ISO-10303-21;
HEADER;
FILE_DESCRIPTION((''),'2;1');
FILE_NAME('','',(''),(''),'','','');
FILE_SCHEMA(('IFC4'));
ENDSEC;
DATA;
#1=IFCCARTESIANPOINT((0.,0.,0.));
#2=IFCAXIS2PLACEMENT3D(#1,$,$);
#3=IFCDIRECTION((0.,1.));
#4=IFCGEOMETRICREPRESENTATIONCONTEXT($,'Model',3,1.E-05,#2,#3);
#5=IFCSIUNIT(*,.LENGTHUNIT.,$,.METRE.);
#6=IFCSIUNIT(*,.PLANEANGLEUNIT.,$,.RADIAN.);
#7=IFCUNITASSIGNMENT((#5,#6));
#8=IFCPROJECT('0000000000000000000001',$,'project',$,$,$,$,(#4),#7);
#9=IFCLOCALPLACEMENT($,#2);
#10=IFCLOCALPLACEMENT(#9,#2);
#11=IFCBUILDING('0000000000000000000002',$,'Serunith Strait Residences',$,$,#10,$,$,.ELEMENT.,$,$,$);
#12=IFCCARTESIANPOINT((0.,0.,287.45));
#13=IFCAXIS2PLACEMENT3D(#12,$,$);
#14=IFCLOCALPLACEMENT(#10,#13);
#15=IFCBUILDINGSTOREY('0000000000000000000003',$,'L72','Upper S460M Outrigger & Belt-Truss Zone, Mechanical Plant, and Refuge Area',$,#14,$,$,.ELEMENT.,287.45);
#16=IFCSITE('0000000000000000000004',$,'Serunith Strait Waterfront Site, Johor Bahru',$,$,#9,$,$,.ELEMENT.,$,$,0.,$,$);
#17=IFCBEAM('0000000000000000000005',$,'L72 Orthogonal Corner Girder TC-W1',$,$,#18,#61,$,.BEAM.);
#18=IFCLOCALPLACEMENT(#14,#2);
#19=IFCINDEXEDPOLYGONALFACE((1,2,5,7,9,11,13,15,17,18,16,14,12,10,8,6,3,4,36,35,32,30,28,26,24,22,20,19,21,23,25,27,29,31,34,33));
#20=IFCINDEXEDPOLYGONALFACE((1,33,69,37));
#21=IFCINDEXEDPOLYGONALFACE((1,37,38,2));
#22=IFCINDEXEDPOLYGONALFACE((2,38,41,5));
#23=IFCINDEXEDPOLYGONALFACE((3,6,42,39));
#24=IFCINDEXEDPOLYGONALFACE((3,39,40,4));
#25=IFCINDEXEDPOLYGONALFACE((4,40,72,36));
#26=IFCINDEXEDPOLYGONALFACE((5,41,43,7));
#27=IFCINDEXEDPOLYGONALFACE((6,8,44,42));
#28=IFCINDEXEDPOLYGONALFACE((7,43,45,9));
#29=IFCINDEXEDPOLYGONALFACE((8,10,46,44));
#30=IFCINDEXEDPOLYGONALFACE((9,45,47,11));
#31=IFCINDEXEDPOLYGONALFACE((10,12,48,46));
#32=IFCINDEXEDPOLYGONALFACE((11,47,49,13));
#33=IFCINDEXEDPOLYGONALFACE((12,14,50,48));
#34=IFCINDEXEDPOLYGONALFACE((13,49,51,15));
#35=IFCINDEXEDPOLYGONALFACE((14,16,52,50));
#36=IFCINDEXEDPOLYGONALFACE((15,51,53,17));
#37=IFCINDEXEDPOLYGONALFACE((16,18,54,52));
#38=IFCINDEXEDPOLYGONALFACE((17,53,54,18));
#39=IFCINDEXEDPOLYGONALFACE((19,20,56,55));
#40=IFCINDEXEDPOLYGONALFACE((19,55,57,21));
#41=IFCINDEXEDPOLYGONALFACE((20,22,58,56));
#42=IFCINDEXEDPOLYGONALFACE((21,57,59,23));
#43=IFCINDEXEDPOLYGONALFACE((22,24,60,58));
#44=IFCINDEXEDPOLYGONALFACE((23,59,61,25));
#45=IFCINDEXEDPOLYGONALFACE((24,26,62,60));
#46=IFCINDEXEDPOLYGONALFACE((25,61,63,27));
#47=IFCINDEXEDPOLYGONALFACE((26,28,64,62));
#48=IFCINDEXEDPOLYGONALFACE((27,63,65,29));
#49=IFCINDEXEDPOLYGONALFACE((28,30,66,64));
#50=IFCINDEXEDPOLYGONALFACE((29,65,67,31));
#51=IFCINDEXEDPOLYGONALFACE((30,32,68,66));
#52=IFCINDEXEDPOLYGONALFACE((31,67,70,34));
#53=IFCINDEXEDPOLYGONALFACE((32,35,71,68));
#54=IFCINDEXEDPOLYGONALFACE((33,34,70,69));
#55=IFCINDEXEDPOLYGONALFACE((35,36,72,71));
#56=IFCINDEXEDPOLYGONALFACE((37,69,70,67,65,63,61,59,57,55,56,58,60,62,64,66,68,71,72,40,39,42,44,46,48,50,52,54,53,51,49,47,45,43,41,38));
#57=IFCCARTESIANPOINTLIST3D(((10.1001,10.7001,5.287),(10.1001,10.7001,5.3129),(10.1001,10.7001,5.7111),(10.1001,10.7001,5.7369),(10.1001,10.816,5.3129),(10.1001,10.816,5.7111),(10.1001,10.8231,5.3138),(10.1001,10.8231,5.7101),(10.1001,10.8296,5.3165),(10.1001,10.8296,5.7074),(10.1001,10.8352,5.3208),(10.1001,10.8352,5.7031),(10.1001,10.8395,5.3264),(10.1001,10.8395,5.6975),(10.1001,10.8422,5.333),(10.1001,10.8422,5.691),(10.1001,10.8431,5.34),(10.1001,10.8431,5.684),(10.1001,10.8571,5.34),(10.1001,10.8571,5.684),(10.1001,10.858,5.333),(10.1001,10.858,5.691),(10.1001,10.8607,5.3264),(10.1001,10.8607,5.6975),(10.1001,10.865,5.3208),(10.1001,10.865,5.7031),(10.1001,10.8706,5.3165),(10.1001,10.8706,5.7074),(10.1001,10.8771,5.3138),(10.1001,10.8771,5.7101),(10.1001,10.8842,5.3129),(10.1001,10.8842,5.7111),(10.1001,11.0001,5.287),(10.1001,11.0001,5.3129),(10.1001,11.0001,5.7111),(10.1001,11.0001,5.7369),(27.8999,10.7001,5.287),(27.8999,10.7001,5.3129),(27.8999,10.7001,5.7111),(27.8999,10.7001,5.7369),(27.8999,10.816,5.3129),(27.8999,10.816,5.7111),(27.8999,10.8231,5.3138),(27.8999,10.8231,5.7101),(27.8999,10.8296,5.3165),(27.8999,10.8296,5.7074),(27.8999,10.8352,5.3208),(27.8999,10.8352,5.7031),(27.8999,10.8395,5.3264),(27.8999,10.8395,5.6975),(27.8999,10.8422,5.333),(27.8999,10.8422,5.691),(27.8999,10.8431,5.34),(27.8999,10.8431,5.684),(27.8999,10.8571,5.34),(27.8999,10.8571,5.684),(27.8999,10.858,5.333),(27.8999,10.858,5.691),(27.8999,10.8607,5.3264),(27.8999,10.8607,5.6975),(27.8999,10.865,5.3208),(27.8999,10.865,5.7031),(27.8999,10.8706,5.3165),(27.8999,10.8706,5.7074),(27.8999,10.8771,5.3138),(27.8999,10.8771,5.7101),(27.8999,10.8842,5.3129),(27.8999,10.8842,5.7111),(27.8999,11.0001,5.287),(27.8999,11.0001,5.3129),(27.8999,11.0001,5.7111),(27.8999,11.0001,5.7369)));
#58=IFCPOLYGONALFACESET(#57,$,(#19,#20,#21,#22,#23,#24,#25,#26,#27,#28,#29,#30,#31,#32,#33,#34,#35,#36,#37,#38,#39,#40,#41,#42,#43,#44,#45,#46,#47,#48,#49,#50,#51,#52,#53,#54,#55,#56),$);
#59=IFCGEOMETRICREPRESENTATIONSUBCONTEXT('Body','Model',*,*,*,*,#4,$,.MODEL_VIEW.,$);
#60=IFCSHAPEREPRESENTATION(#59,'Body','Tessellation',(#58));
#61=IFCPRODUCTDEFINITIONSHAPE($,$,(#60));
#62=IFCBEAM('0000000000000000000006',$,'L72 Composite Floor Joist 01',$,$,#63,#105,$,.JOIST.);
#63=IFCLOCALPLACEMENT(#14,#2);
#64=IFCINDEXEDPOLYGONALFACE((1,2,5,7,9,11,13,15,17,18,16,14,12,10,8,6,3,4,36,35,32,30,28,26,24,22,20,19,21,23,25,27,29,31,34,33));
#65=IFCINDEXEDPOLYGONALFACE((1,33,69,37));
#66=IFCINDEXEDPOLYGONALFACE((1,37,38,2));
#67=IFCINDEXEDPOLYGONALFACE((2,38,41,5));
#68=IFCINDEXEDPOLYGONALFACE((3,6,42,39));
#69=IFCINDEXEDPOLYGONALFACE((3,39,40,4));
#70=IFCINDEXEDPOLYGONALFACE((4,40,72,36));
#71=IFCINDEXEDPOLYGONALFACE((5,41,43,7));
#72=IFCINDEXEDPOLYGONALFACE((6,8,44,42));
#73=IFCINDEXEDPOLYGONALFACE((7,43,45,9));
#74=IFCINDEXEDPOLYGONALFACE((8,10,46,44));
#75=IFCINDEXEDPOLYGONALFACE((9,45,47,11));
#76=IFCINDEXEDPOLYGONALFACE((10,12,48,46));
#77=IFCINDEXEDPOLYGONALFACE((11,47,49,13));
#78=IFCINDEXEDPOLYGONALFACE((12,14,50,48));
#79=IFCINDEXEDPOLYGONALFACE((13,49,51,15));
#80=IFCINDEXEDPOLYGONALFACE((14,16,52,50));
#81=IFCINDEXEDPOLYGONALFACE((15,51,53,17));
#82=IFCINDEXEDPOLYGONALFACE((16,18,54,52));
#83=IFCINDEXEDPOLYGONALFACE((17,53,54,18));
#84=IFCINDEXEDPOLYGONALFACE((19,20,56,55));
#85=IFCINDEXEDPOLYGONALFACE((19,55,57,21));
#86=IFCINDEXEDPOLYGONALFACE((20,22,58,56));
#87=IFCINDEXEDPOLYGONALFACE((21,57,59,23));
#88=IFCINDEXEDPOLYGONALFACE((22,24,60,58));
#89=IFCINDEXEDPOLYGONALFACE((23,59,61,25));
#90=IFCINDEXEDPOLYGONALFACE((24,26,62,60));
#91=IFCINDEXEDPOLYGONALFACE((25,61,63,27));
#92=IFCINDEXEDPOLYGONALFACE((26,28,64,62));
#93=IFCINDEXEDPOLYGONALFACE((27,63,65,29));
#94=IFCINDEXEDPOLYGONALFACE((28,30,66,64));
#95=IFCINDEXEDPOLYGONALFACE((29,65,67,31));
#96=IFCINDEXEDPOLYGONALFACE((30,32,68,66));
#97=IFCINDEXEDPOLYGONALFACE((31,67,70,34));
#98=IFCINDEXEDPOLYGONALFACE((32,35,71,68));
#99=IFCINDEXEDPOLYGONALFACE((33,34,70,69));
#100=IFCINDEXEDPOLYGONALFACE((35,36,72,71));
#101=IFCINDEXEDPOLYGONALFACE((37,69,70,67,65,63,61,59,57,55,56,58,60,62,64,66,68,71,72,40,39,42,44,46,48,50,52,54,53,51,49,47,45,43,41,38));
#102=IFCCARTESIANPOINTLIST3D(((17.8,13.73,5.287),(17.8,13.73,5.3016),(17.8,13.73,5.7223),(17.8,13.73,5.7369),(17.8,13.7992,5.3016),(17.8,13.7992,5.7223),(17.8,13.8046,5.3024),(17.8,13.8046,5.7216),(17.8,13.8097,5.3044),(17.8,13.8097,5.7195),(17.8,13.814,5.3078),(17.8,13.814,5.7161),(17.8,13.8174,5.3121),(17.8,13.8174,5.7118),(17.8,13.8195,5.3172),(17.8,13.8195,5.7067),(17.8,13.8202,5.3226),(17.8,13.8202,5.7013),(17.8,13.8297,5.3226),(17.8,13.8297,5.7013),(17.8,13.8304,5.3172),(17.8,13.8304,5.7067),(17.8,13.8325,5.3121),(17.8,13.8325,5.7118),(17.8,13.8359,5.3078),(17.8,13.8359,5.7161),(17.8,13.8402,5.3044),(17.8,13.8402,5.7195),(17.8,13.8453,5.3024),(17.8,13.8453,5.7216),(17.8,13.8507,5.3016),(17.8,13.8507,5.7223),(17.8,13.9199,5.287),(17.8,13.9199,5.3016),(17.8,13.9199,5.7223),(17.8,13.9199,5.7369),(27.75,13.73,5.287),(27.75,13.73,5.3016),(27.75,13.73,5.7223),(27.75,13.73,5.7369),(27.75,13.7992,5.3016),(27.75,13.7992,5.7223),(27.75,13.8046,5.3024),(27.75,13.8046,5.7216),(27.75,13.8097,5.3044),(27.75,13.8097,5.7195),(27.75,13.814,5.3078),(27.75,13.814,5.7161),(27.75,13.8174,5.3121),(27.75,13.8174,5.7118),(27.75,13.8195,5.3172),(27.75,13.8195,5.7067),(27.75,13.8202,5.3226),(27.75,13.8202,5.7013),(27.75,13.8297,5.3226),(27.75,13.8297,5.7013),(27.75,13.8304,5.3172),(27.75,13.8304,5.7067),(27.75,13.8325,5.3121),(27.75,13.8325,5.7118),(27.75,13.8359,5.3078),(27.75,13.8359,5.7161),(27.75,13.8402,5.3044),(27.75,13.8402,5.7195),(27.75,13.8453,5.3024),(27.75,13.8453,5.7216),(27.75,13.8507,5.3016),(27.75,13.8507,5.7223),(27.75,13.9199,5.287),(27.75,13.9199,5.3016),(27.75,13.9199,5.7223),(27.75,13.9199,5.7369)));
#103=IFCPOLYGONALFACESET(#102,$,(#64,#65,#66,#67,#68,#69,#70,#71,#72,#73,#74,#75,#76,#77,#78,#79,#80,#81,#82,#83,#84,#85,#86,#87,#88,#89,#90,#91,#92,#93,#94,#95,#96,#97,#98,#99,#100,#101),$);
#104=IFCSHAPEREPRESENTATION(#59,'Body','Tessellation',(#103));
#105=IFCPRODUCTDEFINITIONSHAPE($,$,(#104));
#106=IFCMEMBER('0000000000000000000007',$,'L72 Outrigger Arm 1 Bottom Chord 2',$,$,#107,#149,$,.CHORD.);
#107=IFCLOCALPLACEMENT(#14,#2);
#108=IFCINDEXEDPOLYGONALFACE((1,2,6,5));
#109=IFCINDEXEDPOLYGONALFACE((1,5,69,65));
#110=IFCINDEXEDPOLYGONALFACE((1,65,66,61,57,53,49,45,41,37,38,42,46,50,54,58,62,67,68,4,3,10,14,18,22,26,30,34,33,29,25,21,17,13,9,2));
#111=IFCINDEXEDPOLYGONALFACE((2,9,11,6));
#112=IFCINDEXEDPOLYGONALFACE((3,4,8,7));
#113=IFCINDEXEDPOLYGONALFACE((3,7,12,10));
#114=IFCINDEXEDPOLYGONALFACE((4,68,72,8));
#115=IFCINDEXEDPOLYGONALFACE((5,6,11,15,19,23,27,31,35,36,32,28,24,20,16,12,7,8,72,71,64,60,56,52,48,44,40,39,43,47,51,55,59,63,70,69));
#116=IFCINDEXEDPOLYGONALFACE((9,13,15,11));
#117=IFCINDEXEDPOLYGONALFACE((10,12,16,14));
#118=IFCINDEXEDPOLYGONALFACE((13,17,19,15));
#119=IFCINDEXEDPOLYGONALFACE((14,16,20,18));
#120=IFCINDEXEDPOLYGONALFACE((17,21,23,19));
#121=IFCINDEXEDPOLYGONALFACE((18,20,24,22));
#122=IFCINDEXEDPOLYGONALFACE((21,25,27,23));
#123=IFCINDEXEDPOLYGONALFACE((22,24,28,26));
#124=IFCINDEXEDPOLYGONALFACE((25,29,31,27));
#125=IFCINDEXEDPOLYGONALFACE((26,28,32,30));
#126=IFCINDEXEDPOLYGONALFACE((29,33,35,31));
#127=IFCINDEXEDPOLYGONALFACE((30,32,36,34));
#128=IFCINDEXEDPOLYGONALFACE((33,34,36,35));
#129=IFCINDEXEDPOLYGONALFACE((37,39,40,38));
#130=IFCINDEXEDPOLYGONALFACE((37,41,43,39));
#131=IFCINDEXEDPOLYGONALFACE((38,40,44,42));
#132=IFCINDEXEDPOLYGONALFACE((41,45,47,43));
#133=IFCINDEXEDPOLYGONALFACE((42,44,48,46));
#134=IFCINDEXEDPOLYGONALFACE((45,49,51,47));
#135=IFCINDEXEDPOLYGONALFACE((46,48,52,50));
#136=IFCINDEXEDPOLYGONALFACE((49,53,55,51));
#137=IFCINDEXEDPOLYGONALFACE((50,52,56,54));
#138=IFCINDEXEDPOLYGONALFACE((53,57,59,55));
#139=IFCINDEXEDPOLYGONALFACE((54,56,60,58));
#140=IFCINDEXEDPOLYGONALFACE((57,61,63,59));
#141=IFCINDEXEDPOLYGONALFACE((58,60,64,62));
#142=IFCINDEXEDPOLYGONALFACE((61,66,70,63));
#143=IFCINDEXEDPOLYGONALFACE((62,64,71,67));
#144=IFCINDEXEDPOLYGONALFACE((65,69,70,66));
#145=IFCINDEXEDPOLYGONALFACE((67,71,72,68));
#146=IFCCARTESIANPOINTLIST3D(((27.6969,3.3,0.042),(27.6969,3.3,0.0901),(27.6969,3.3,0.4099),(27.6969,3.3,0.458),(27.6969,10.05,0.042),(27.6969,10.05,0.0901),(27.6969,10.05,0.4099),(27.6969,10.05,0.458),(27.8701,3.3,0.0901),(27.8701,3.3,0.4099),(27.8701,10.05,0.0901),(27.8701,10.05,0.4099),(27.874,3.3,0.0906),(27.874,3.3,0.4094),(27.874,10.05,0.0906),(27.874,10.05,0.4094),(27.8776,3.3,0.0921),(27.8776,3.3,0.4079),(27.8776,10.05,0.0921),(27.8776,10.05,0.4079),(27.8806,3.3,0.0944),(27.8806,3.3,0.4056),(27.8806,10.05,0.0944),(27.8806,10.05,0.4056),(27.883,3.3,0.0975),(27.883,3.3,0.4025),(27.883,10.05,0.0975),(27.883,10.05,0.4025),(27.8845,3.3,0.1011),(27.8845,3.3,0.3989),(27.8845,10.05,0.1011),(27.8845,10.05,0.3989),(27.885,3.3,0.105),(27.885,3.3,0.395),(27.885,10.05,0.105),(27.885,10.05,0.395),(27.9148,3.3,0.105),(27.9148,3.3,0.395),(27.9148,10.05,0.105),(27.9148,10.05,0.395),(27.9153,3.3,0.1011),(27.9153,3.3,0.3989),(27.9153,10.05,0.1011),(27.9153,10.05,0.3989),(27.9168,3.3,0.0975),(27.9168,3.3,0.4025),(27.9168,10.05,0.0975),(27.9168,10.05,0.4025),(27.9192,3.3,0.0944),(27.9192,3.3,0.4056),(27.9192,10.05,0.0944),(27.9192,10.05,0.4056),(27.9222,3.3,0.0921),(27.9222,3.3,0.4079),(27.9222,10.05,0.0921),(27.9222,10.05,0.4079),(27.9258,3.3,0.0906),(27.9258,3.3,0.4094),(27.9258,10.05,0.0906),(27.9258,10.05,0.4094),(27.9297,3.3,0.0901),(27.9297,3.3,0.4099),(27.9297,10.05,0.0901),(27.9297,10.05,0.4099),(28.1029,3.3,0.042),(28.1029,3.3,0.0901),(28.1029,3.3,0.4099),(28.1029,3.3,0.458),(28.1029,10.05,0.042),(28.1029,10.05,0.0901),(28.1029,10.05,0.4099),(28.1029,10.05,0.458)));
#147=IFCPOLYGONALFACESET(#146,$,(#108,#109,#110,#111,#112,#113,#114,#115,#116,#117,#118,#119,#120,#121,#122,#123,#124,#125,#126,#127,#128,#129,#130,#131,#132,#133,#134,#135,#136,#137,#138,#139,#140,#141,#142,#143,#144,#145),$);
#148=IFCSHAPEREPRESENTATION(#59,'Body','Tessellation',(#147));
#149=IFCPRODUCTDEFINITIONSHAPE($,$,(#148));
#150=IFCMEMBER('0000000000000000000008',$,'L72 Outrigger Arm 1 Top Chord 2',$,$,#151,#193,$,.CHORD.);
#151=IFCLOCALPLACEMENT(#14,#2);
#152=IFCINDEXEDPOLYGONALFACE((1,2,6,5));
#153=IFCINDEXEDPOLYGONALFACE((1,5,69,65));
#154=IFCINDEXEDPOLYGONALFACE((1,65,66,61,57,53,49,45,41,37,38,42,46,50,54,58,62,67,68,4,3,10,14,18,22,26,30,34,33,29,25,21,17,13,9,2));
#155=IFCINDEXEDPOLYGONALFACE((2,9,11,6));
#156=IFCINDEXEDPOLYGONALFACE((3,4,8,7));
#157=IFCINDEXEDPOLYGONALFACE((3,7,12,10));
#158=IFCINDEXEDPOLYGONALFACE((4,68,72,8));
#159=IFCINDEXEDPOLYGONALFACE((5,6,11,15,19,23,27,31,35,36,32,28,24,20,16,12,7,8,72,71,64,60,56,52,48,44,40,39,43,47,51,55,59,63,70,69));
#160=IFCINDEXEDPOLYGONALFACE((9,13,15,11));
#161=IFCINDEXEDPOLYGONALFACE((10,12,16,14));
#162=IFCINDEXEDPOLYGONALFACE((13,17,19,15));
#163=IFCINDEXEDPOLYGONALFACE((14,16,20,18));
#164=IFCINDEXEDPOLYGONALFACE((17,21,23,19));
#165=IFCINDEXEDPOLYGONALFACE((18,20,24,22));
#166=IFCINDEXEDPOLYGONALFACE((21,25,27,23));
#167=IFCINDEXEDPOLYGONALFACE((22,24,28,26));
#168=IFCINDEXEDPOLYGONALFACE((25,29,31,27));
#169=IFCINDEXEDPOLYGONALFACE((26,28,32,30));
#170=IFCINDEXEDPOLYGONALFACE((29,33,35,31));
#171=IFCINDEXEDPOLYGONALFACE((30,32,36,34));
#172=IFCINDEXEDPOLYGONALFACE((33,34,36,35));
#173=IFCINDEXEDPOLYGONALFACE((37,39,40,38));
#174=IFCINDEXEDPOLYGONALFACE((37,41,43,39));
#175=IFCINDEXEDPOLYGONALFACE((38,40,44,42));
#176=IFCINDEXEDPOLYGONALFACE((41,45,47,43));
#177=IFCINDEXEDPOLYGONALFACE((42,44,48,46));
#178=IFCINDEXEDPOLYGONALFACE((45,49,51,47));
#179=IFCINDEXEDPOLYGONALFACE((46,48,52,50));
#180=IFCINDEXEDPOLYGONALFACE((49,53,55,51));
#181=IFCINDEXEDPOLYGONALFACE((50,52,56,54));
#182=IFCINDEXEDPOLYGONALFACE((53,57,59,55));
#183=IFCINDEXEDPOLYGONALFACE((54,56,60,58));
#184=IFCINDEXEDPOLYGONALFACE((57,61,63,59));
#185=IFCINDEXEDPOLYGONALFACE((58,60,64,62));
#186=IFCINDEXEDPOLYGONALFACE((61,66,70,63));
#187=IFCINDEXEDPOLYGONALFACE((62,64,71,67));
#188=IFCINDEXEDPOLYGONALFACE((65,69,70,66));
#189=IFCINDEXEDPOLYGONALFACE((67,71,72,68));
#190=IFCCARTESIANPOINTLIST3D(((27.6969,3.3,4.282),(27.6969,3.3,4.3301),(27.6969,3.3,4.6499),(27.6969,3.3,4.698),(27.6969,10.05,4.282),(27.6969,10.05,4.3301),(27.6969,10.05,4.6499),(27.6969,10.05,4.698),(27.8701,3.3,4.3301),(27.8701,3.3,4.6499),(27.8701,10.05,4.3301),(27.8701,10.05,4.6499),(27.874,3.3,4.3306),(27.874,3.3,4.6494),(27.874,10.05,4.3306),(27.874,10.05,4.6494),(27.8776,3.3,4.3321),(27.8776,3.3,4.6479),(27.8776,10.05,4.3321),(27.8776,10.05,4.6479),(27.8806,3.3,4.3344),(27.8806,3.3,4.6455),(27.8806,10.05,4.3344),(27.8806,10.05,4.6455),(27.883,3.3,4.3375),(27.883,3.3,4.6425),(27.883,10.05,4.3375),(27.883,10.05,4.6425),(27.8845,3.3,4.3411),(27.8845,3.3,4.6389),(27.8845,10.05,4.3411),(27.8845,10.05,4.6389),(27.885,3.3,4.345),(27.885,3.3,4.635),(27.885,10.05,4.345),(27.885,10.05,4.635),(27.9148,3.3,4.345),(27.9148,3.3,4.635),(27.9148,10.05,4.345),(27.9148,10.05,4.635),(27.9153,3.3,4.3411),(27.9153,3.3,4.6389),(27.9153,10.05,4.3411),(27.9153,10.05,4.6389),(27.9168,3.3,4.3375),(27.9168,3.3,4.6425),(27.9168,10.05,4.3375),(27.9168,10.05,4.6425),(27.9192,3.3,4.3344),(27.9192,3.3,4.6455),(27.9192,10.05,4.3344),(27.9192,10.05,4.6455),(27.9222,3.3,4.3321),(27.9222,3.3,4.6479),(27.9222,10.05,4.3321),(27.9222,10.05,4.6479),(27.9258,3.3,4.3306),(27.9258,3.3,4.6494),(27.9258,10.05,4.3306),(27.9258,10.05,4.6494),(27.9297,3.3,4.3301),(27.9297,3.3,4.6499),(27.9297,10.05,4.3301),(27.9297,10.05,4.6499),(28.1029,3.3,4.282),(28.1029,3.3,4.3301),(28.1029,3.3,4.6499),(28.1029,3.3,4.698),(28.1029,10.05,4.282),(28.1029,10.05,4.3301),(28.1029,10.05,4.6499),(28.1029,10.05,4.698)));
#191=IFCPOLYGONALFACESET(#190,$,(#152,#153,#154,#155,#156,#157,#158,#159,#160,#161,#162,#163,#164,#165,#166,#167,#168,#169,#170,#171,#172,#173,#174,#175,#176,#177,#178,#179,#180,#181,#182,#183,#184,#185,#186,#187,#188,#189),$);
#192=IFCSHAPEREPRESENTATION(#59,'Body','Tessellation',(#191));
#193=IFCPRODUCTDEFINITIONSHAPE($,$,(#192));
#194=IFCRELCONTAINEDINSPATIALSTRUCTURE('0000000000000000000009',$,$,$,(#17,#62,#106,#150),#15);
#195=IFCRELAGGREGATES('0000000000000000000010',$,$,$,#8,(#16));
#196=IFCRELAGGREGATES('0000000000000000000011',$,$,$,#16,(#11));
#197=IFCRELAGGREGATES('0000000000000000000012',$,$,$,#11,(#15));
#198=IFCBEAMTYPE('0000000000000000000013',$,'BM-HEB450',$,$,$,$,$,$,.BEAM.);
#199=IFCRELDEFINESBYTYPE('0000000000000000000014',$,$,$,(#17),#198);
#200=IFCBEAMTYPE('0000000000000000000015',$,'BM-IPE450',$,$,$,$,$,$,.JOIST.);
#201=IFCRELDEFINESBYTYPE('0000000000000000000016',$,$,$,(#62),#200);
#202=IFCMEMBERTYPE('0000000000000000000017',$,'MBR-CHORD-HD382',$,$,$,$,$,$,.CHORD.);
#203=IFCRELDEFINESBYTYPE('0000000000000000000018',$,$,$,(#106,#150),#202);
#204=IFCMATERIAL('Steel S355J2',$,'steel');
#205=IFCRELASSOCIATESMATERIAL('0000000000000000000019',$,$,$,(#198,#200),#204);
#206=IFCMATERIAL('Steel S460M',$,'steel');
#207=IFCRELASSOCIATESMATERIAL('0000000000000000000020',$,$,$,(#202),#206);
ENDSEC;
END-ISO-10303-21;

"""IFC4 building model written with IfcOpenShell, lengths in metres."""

from ifc_helpers import new_model, si_unit, direction, frame, origin, origin_2d, place, context, subcontext, project, spatial, i_section, extrude, source, transform, mapped, material, material_profile, profile_set, type_object, element, save


model = new_model("IFC4")

# Units and contexts
model_context = context("Model", 3, precision=1e-05, world=origin(), true_north=direction((0.0, 1.0)))
body_context = subcontext(model_context, "Body", "Model", "MODEL_VIEW")
ifc_project = project(units=[si_unit("LENGTHUNIT", "METRE"), si_unit("PLANEANGLEUNIT", "RADIAN")], contexts=[model_context])

# Site, building, storey
site_placement = place(None, origin())
site = spatial("IfcSite", under=ifc_project, at=site_placement, Name="Serunith Strait Waterfront Site, Johor Bahru", CompositionType="ELEMENT", RefElevation=0.0)
building_placement = place(site_placement, origin())
building = spatial("IfcBuilding", under=site, at=building_placement, Name="Serunith Strait Residences", CompositionType="ELEMENT")
storey_placement = place(building_placement, frame((0.0, 0.0, 287.45)))
storey = spatial("IfcBuildingStorey", under=building, at=storey_placement, Name="L72", Description="Upper S460M Outrigger & Belt-Truss Zone, Mechanical Plant, and Refuge Area", CompositionType="ELEMENT", Elevation=287.45)

# Beams
ifc_material_1 = material(Name="Steel S355J2", Category="steel")
ifc_material_profile_1 = material_profile(ifc_material_1, i_section(OverallWidth=0.3, OverallDepth=0.45, WebThickness=0.0139, FlangeThickness=0.0259, FilletRadius=0.0271, at=origin_2d()), Name="HEB 450")
ifc_profile_set_1 = profile_set([ifc_material_profile_1], Name="Steel S355J2")
beam_type_1 = type_object("IfcBeamType", Name="BM-HEB450", PredefinedType="BEAM", material=ifc_profile_set_1)
shared_shape_1 = source(origin(), body_context, "Body", "SweptSolid", [
    extrude(i_section(OverallWidth=0.3, OverallDepth=0.45, WebThickness=0.0139, FlangeThickness=0.0259, FilletRadius=0.0271, at=origin_2d()), origin(), (0.0, 0.0, 1.0), 17.7998),
])
beam_1_placement = place(storey_placement, frame((27.8999, 10.8501, 5.512), z_axis=(-1.0, 0.0, 0.0), x_axis=(0.0, -1.0, 0.0)))
element("IfcBeam", 1, at=beam_1_placement, inside=storey, type_object=beam_type_1, Name="L72 Orthogonal Corner Girder TC-W1", PredefinedType="BEAM", context=body_context, shape_type="MappedRepresentation", body=[
    mapped(shared_shape_1, transform((0.0, 0.0, 0.0), scale=1.0)),
])
ifc_material_profile_2 = material_profile(ifc_material_1, i_section(OverallWidth=0.1899, OverallDepth=0.45, WebThickness=0.0095, FlangeThickness=0.0146, FilletRadius=0.021, at=origin_2d()), Name="IPE 450")
ifc_profile_set_2 = profile_set([ifc_material_profile_2], Name="Steel S355J2")
beam_type_2 = type_object("IfcBeamType", Name="BM-IPE450", PredefinedType="JOIST", material=ifc_profile_set_2)
shared_shape_2 = source(origin(), body_context, "Body", "SweptSolid", [
    extrude(i_section(OverallWidth=0.1899, OverallDepth=0.45, WebThickness=0.0095, FlangeThickness=0.0146, FilletRadius=0.021, at=origin_2d()), origin(), (0.0, 0.0, 1.0), 9.95),
])
beam_2_placement = place(storey_placement, frame((17.8, 13.825, 5.512), z_axis=(1.0, 0.0, 0.0), x_axis=(0.0, 1.0, 0.0)))
element("IfcBeam", 2, at=beam_2_placement, inside=storey, type_object=beam_type_2, Name="L72 Composite Floor Joist 01", PredefinedType="JOIST", context=body_context, shape_type="MappedRepresentation", body=[
    mapped(shared_shape_2, transform((0.0, 0.0, 0.0), scale=1.0)),
])

# Members
ifc_material_2 = material(Name="Steel S460M", Category="steel")
ifc_material_profile_3 = material_profile(ifc_material_2, i_section(OverallWidth=0.406, OverallDepth=0.416, WebThickness=0.0298, FlangeThickness=0.0481, FilletRadius=0.0149, at=origin_2d()), Name="HD 400x382")
ifc_profile_set_3 = profile_set([ifc_material_profile_3], Name="Steel S460M")
member_type_1 = type_object("IfcMemberType", Name="MBR-CHORD-HD382", PredefinedType="CHORD", material=ifc_profile_set_3)
shared_shape_3 = source(origin(), body_context, "Body", "SweptSolid", [
    extrude(i_section(OverallWidth=0.406, OverallDepth=0.416, WebThickness=0.0298, FlangeThickness=0.0481, FilletRadius=0.0149, at=origin_2d()), origin(), (0.0, 0.0, 1.0), 6.75),
])
for number, where, z_axis, x_axis, name in (
    (3, (27.8999, 10.05, 0.25), (0.0, -1.0, 0.0), (1.0, 0.0, 0.0), "L72 Outrigger Arm 1 Bottom Chord 2"),
    (4, (27.8999, 10.05, 4.49), (0.0, -1.0, 0.0), (1.0, 0.0, 0.0), "L72 Outrigger Arm 1 Top Chord 2"),
):
    element("IfcMember", number, at=place(storey_placement, frame(where, z_axis=z_axis, x_axis=x_axis)), inside=storey, type_object=member_type_1, Name=name, PredefinedType="CHORD", context=body_context, shape_type="MappedRepresentation", body=[
        mapped(shared_shape_3, transform((0.0, 0.0, 0.0), scale=1.0)),
    ])

save(model, "model.ifc")
